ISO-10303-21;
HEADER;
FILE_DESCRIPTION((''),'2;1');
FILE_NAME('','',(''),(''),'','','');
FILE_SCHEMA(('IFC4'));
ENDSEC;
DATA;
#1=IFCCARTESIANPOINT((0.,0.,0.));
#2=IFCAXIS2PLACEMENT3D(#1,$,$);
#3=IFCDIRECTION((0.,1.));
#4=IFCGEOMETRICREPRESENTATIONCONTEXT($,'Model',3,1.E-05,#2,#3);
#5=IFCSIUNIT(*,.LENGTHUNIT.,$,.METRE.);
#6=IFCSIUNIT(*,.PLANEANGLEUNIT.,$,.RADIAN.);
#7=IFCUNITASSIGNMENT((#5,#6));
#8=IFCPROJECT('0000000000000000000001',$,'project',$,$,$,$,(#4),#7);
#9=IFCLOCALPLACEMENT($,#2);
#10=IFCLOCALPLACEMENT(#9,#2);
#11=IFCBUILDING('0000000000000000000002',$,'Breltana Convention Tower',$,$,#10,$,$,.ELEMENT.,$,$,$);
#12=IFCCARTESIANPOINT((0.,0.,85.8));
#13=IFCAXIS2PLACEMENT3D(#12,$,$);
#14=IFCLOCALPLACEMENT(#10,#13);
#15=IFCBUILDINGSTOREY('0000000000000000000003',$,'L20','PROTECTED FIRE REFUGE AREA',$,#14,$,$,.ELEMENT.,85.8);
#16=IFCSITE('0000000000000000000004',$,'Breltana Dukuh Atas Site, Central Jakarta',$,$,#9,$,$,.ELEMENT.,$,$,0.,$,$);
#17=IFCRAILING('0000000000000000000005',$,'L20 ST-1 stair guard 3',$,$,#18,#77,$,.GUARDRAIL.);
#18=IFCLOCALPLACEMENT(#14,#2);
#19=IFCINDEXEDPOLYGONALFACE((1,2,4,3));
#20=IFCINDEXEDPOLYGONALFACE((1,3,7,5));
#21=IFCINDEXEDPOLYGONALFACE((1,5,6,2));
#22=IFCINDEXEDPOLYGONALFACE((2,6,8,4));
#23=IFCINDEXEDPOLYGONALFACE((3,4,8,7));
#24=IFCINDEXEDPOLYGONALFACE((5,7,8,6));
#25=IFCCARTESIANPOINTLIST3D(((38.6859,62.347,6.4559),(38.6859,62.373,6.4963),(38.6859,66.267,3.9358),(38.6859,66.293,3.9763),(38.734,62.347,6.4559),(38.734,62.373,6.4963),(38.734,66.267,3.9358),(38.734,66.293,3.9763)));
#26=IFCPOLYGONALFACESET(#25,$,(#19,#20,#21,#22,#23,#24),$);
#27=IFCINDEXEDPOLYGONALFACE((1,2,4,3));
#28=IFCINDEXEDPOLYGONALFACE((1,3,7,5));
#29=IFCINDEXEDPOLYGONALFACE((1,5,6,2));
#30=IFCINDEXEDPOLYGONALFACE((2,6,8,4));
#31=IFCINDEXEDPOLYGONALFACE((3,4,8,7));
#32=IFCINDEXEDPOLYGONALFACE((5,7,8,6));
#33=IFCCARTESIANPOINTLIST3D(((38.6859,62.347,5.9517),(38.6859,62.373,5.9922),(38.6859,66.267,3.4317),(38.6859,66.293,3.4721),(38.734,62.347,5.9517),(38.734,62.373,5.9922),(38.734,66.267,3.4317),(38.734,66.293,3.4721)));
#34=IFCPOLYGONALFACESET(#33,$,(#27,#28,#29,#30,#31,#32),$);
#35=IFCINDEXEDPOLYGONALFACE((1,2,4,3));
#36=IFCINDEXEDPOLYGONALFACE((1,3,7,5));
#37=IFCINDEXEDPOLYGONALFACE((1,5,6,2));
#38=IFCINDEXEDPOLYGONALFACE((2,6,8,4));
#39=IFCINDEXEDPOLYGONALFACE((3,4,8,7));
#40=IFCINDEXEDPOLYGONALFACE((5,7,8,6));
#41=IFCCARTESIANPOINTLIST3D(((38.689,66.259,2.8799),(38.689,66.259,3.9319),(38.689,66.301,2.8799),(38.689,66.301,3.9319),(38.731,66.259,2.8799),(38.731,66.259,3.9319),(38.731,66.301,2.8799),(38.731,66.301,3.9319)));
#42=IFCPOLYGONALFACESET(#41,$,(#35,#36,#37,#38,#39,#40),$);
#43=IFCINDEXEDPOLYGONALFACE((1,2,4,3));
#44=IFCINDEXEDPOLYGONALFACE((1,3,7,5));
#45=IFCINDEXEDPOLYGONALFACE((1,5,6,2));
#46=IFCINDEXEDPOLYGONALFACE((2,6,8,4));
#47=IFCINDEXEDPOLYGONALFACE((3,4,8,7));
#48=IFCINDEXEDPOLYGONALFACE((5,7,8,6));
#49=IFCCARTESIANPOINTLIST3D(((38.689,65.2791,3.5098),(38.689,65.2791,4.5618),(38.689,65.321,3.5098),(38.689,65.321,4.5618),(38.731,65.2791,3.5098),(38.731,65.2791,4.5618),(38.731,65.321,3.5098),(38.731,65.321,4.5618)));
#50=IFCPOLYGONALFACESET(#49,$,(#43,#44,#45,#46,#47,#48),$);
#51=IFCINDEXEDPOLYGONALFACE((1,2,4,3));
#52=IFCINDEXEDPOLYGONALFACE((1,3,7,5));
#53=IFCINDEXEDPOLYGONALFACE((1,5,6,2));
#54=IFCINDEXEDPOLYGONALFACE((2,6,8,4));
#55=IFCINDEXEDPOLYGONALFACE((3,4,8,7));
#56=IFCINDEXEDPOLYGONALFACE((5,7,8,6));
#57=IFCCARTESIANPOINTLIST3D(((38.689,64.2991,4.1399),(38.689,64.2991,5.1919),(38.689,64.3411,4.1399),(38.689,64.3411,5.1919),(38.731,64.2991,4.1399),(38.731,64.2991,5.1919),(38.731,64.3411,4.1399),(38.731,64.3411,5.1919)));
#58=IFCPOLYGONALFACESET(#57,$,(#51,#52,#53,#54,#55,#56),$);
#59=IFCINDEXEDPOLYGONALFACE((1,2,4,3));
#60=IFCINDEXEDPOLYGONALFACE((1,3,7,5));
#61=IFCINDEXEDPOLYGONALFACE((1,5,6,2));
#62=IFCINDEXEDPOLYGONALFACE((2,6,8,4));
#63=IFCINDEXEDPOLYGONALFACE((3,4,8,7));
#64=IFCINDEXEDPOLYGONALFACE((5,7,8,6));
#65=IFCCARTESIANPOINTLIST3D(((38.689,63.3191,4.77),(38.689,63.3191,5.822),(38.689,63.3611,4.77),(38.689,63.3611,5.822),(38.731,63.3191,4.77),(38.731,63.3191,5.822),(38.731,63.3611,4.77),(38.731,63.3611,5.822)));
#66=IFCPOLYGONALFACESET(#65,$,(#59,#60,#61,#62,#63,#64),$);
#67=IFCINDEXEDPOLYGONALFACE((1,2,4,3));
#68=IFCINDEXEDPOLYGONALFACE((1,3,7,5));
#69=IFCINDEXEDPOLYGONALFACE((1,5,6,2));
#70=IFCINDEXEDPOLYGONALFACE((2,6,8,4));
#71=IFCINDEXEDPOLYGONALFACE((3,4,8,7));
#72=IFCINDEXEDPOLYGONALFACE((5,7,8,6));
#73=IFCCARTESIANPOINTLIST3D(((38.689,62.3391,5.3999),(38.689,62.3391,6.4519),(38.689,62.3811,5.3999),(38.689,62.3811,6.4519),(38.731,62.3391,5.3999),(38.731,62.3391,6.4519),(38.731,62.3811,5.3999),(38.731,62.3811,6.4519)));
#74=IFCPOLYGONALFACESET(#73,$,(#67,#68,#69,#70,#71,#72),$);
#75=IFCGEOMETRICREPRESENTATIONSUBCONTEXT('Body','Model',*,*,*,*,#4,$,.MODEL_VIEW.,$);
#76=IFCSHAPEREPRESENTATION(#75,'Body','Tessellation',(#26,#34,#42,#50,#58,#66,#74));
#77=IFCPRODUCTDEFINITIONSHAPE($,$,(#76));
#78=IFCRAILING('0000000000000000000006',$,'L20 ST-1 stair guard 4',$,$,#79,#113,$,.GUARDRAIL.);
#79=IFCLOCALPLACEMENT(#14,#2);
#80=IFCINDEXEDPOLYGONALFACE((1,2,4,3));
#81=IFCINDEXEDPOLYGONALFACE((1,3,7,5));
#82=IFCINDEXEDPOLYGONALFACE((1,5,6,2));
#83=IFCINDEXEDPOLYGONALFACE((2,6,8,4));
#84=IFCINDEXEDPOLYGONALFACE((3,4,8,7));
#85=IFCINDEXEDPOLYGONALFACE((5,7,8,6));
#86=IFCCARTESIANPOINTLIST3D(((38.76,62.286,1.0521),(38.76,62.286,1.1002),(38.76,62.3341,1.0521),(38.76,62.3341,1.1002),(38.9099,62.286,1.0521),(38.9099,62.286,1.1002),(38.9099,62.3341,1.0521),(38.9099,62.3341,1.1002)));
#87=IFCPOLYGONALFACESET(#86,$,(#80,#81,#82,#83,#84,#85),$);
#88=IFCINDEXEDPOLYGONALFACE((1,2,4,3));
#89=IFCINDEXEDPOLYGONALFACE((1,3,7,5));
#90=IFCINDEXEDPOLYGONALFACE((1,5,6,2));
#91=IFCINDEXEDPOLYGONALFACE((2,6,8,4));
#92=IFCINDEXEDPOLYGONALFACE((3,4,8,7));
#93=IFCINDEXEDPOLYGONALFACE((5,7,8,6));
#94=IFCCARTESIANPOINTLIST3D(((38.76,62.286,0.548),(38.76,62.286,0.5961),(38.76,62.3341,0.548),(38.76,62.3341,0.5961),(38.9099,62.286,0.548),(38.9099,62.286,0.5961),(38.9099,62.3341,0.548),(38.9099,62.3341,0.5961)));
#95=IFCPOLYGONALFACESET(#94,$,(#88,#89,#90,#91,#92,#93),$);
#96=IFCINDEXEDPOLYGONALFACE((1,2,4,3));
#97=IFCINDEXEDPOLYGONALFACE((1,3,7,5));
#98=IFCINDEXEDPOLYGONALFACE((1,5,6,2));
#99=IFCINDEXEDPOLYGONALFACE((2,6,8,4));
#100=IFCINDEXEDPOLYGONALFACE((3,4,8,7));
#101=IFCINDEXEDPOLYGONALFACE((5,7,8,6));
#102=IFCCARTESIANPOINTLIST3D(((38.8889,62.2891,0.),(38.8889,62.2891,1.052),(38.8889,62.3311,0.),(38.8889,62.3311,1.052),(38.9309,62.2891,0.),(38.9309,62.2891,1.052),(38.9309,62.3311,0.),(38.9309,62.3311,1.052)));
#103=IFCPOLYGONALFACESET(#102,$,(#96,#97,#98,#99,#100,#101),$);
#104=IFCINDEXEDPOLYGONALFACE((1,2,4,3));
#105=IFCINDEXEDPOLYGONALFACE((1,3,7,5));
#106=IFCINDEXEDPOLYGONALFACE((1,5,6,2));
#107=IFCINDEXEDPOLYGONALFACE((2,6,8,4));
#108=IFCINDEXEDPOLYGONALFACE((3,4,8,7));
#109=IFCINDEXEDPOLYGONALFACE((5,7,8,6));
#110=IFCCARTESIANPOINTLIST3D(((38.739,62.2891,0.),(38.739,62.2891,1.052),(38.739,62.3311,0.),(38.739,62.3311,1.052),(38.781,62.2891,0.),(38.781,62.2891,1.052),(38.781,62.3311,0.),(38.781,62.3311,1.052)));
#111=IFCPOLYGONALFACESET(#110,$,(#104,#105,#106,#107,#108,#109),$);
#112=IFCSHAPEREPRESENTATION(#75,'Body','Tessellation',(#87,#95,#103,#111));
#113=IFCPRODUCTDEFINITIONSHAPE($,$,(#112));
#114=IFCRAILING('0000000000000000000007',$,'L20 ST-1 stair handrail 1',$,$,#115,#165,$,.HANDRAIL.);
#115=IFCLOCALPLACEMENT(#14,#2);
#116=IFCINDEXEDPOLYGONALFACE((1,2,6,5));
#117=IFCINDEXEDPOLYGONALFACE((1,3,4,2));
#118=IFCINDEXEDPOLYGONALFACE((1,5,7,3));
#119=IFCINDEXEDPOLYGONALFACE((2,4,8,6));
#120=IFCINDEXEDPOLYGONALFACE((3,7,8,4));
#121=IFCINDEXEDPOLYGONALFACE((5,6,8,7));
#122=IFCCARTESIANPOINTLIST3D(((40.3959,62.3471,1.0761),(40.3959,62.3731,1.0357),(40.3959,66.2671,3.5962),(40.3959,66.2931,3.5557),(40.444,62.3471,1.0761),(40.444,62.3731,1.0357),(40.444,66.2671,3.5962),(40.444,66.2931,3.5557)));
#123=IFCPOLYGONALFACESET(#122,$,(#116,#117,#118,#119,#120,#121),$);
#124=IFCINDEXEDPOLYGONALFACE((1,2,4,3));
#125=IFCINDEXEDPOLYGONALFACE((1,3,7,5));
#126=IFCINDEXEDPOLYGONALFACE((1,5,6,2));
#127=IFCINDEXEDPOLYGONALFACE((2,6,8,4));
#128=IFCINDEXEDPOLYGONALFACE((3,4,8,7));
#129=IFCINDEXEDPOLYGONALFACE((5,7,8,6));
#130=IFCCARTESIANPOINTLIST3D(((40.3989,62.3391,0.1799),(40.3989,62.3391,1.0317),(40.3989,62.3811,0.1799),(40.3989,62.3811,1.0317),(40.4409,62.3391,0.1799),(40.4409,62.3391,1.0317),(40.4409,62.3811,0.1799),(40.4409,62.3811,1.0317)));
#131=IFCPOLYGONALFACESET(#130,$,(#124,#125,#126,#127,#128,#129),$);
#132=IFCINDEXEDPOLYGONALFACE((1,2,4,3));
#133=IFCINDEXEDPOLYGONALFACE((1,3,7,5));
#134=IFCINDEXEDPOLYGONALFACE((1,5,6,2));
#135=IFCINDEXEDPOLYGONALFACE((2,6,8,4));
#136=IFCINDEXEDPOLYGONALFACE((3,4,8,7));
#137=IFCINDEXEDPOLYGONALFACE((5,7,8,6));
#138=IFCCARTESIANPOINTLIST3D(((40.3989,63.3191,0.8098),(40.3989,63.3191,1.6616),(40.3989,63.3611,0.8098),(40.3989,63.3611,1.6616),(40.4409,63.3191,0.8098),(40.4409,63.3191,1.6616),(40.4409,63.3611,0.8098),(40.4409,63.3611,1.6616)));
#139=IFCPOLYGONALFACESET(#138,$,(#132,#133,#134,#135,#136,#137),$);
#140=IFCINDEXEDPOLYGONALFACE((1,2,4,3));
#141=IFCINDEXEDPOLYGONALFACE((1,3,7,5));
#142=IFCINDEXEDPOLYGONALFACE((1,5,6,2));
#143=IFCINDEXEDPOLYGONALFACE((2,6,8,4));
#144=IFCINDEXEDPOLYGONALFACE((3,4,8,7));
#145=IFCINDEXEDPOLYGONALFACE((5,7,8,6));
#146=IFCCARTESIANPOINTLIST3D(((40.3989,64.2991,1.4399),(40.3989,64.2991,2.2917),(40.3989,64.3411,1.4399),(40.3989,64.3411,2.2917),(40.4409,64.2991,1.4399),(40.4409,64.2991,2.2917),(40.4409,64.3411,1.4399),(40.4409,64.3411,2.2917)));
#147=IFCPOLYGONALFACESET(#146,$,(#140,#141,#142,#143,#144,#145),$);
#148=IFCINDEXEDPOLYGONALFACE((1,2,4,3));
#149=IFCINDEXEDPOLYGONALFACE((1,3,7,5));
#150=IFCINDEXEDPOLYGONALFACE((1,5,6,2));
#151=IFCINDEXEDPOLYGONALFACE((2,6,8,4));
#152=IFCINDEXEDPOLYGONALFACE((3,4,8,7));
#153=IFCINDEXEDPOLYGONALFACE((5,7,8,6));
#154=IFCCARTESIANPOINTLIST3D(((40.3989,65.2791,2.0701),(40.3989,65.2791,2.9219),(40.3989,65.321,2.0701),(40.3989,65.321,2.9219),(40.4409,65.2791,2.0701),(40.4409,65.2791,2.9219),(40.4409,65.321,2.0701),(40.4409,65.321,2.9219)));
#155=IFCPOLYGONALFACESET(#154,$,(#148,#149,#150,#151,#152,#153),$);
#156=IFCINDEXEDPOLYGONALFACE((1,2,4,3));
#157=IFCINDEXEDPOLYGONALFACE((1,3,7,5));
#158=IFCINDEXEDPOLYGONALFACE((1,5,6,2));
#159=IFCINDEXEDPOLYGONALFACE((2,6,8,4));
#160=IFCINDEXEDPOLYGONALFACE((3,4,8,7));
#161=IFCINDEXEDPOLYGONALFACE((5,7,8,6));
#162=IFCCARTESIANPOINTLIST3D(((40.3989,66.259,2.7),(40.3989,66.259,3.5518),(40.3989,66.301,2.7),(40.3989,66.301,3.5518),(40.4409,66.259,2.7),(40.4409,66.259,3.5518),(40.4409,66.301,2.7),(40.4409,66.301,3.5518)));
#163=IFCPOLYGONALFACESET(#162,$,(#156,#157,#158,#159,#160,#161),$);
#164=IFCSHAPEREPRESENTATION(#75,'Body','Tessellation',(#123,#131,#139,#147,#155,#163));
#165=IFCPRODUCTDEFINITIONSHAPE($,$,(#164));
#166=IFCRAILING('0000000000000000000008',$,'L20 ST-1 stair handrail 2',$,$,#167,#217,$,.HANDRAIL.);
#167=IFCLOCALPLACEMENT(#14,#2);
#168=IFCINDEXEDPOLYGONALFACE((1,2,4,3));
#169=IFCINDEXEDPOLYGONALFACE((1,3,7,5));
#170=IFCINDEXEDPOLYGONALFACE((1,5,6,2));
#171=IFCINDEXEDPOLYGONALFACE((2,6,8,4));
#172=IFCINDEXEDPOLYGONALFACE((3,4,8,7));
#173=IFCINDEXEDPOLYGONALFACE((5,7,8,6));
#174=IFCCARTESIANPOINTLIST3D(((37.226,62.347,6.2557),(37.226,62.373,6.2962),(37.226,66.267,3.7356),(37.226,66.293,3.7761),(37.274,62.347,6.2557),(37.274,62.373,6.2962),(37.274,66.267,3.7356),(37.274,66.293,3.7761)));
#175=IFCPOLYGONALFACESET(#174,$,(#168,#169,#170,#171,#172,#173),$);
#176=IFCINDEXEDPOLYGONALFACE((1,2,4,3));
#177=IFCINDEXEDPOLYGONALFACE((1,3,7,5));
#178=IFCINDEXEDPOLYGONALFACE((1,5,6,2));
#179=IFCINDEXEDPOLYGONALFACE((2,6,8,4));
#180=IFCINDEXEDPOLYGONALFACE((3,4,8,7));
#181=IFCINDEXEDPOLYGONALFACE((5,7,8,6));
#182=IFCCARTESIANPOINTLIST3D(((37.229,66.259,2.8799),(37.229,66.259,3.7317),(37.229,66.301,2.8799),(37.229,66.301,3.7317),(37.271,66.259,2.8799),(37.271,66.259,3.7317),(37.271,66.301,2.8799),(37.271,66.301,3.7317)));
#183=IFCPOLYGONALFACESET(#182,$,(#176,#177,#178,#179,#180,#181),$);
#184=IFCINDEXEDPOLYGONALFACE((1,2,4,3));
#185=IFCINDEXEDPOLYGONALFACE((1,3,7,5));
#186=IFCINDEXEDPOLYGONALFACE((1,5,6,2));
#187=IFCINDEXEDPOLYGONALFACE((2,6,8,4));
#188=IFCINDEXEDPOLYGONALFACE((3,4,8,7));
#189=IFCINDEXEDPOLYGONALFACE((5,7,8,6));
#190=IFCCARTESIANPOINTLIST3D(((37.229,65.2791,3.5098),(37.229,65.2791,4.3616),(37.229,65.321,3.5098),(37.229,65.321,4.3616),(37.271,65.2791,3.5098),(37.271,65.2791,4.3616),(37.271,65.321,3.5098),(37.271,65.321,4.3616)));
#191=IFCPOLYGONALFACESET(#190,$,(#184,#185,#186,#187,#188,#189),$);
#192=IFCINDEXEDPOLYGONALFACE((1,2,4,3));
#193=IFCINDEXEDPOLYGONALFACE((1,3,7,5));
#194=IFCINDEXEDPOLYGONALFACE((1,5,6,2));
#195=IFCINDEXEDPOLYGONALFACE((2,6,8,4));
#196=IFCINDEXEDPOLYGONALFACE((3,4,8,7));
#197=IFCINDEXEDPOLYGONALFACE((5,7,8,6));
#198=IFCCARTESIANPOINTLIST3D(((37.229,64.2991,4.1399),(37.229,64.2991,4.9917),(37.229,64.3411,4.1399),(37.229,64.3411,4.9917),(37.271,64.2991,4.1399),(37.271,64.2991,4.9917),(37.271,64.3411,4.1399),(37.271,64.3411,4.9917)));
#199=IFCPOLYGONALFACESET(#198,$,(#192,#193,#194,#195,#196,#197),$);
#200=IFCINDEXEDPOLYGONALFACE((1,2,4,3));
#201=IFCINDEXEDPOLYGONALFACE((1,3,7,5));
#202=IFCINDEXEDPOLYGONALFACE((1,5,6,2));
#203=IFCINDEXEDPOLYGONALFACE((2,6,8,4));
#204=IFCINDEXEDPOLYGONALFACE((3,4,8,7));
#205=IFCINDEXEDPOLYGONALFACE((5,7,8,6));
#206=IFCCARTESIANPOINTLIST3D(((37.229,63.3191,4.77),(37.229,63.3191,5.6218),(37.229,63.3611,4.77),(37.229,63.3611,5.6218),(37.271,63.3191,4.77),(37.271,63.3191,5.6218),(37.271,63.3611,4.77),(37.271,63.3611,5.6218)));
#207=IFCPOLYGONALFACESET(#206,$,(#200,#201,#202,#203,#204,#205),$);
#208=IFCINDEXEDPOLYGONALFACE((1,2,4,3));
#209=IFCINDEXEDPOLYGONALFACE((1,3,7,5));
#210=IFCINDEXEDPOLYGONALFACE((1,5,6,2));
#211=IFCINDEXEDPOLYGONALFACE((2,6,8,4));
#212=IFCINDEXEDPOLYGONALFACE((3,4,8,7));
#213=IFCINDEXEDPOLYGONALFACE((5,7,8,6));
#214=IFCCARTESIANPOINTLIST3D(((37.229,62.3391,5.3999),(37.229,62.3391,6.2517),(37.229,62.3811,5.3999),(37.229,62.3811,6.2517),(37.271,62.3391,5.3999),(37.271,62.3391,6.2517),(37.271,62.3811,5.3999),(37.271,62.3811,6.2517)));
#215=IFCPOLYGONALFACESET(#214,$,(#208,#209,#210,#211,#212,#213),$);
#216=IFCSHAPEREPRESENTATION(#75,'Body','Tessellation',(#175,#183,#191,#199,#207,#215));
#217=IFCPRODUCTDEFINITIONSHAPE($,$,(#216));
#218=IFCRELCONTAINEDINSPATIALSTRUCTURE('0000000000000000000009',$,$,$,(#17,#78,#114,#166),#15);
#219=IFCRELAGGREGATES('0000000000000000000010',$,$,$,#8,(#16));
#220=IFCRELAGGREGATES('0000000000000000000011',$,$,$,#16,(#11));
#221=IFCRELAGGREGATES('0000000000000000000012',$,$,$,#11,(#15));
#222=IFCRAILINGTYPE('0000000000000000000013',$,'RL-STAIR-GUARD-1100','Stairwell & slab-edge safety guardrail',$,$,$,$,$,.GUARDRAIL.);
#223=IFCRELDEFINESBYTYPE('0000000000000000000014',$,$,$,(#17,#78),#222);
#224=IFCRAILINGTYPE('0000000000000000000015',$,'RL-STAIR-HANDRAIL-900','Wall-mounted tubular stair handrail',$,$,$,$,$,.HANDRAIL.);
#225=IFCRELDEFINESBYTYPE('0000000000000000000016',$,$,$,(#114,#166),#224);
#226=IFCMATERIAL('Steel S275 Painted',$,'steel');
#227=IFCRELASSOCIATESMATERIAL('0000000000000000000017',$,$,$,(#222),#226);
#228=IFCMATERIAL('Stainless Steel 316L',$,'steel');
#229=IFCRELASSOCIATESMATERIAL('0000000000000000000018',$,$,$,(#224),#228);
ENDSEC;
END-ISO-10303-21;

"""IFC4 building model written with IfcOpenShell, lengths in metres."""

from ifc_helpers import new_model, si_unit, direction, frame, origin, origin_2d, place, context, subcontext, project, spatial, rectangle, extrude, material, type_object, element, save


model = new_model("IFC4")

# Units and contexts
model_context = context("Model", 3, precision=1e-05, world=origin(), true_north=direction((0.0, 1.0)))
body_context = subcontext(model_context, "Body", "Model", "MODEL_VIEW")
ifc_project = project(units=[si_unit("LENGTHUNIT", "METRE"), si_unit("PLANEANGLEUNIT", "RADIAN")], contexts=[model_context])

# Site, building, storey
site_placement = place(None, origin())
site = spatial("IfcSite", under=ifc_project, at=site_placement, Name="Breltana Dukuh Atas Site, Central Jakarta", CompositionType="ELEMENT", RefElevation=0.0)
building_placement = place(site_placement, origin())
building = spatial("IfcBuilding", under=site, at=building_placement, Name="Breltana Convention Tower", CompositionType="ELEMENT")
storey_placement = place(building_placement, frame((0.0, 0.0, 85.8)))
storey = spatial("IfcBuildingStorey", under=building, at=storey_placement, Name="L20", Description="PROTECTED FIRE REFUGE AREA", CompositionType="ELEMENT", Elevation=85.8)

# Railings
ifc_material_1 = material(Name="Steel S275 Painted", Category="steel")
railing_type_1 = type_object("IfcRailingType", Name="RL-STAIR-GUARD-1100", Description="Stairwell & slab-edge safety guardrail", PredefinedType="GUARDRAIL", material=ifc_material_1)
railing_1_placement = place(storey_placement, frame((38.71, 66.28, 2.8799)))
element("IfcRailing", 1, at=railing_1_placement, inside=storey, type_object=railing_type_1, Name="L20 ST-1 stair guard 3", PredefinedType="GUARDRAIL", context=body_context, shape_type="SweptSolid", body=[
    extrude(rectangle(XDim=0.0481, YDim=0.0481, at=origin_2d()), frame((0.0, 0.0, 1.0762), z_axis=(0.0, -0.841172, 0.540768), x_axis=(1.0, 0.0, 0.0)), (0.0, 0.0, 1.0), 4.6602),
    extrude(rectangle(XDim=0.0481, YDim=0.0481, at=origin_2d()), frame((0.0, 0.0, 0.572), z_axis=(0.0, -0.841172, 0.540768), x_axis=(1.0, 0.0, 0.0)), (0.0, 0.0, 1.0), 4.6602),
    extrude(rectangle(XDim=0.042, YDim=0.042, at=origin_2d()), origin(), (0.0, 0.0, 1.0), 1.052),
    extrude(rectangle(XDim=0.042, YDim=0.042, at=origin_2d()), frame((0.0, -0.98, 0.6299)), (0.0, 0.0, 1.0), 1.052),
    extrude(rectangle(XDim=0.042, YDim=0.042, at=origin_2d()), frame((0.0, -1.96, 1.26)), (0.0, 0.0, 1.0), 1.052),
    extrude(rectangle(XDim=0.042, YDim=0.042, at=origin_2d()), frame((0.0, -2.9399, 1.8901)), (0.0, 0.0, 1.0), 1.052),
    extrude(rectangle(XDim=0.042, YDim=0.042, at=origin_2d()), frame((0.0, -3.9199, 2.52)), (0.0, 0.0, 1.0), 1.052),
])
railing_2_placement = place(storey_placement, frame((38.9099, 62.3101, 0.0)))
element("IfcRailing", 2, at=railing_2_placement, inside=storey, type_object=railing_type_1, Name="L20 ST-1 stair guard 4", PredefinedType="GUARDRAIL", context=body_context, shape_type="SweptSolid", body=[
    extrude(rectangle(XDim=0.0481, YDim=0.0481, at=origin_2d()), frame((0.0, 0.0, 1.0762), z_axis=(-1.0, 0.0, 0.0), x_axis=(0.0, -1.0, 0.0)), (0.0, 0.0, 1.0), 0.1499),
    extrude(rectangle(XDim=0.0481, YDim=0.0481, at=origin_2d()), frame((0.0, 0.0, 0.572), z_axis=(-1.0, 0.0, 0.0), x_axis=(0.0, -1.0, 0.0)), (0.0, 0.0, 1.0), 0.1499),
    extrude(rectangle(XDim=0.042, YDim=0.042, at=origin_2d()), origin(), (0.0, 0.0, 1.0), 1.052),
    extrude(rectangle(XDim=0.042, YDim=0.042, at=origin_2d()), frame((-0.1499, 0.0, 0.0)), (0.0, 0.0, 1.0), 1.052),
])
ifc_material_2 = material(Name="Stainless Steel 316L", Category="steel")
railing_type_2 = type_object("IfcRailingType", Name="RL-STAIR-HANDRAIL-900", Description="Wall-mounted tubular stair handrail", PredefinedType="HANDRAIL", material=ifc_material_2)
railing_3_placement = place(storey_placement, frame((40.4199, 62.3601, 0.1799)))
element("IfcRailing", 3, at=railing_3_placement, inside=storey, type_object=railing_type_2, Name="L20 ST-1 stair handrail 1", PredefinedType="HANDRAIL", context=body_context, shape_type="SweptSolid", body=[
    extrude(rectangle(XDim=0.0481, YDim=0.0481, at=origin_2d()), frame((0.0, 0.0, 0.876), z_axis=(0.0, 0.841172, 0.540768), x_axis=(-1.0, 0.0, 0.0)), (0.0, 0.0, 1.0), 4.6602),
    extrude(rectangle(XDim=0.042, YDim=0.042, at=origin_2d()), origin(), (0.0, 0.0, 1.0), 0.8518),
    extrude(rectangle(XDim=0.042, YDim=0.042, at=origin_2d()), frame((0.0, 0.98, 0.6299)), (0.0, 0.0, 1.0), 0.8518),
    extrude(rectangle(XDim=0.042, YDim=0.042, at=origin_2d()), frame((0.0, 1.96, 1.26)), (0.0, 0.0, 1.0), 0.8518),
    extrude(rectangle(XDim=0.042, YDim=0.042, at=origin_2d()), frame((0.0, 2.9399, 1.8901)), (0.0, 0.0, 1.0), 0.8518),
    extrude(rectangle(XDim=0.042, YDim=0.042, at=origin_2d()), frame((0.0, 3.9199, 2.52)), (0.0, 0.0, 1.0), 0.8518),
])
railing_4_placement = place(storey_placement, frame((37.25, 66.28, 2.8799)))
element("IfcRailing", 4, at=railing_4_placement, inside=storey, type_object=railing_type_2, Name="L20 ST-1 stair handrail 2", PredefinedType="HANDRAIL", context=body_context, shape_type="SweptSolid", body=[
    extrude(rectangle(XDim=0.0481, YDim=0.0481, at=origin_2d()), frame((0.0, 0.0, 0.876), z_axis=(0.0, -0.841172, 0.540768), x_axis=(1.0, 0.0, 0.0)), (0.0, 0.0, 1.0), 4.6602),
    extrude(rectangle(XDim=0.042, YDim=0.042, at=origin_2d()), origin(), (0.0, 0.0, 1.0), 0.8518),
    extrude(rectangle(XDim=0.042, YDim=0.042, at=origin_2d()), frame((0.0, -0.98, 0.6299)), (0.0, 0.0, 1.0), 0.8518),
    extrude(rectangle(XDim=0.042, YDim=0.042, at=origin_2d()), frame((0.0, -1.96, 1.26)), (0.0, 0.0, 1.0), 0.8518),
    extrude(rectangle(XDim=0.042, YDim=0.042, at=origin_2d()), frame((0.0, -2.9399, 1.8901)), (0.0, 0.0, 1.0), 0.8518),
    extrude(rectangle(XDim=0.042, YDim=0.042, at=origin_2d()), frame((0.0, -3.9199, 2.52)), (0.0, 0.0, 1.0), 0.8518),
])

save(model, "model.ifc")
